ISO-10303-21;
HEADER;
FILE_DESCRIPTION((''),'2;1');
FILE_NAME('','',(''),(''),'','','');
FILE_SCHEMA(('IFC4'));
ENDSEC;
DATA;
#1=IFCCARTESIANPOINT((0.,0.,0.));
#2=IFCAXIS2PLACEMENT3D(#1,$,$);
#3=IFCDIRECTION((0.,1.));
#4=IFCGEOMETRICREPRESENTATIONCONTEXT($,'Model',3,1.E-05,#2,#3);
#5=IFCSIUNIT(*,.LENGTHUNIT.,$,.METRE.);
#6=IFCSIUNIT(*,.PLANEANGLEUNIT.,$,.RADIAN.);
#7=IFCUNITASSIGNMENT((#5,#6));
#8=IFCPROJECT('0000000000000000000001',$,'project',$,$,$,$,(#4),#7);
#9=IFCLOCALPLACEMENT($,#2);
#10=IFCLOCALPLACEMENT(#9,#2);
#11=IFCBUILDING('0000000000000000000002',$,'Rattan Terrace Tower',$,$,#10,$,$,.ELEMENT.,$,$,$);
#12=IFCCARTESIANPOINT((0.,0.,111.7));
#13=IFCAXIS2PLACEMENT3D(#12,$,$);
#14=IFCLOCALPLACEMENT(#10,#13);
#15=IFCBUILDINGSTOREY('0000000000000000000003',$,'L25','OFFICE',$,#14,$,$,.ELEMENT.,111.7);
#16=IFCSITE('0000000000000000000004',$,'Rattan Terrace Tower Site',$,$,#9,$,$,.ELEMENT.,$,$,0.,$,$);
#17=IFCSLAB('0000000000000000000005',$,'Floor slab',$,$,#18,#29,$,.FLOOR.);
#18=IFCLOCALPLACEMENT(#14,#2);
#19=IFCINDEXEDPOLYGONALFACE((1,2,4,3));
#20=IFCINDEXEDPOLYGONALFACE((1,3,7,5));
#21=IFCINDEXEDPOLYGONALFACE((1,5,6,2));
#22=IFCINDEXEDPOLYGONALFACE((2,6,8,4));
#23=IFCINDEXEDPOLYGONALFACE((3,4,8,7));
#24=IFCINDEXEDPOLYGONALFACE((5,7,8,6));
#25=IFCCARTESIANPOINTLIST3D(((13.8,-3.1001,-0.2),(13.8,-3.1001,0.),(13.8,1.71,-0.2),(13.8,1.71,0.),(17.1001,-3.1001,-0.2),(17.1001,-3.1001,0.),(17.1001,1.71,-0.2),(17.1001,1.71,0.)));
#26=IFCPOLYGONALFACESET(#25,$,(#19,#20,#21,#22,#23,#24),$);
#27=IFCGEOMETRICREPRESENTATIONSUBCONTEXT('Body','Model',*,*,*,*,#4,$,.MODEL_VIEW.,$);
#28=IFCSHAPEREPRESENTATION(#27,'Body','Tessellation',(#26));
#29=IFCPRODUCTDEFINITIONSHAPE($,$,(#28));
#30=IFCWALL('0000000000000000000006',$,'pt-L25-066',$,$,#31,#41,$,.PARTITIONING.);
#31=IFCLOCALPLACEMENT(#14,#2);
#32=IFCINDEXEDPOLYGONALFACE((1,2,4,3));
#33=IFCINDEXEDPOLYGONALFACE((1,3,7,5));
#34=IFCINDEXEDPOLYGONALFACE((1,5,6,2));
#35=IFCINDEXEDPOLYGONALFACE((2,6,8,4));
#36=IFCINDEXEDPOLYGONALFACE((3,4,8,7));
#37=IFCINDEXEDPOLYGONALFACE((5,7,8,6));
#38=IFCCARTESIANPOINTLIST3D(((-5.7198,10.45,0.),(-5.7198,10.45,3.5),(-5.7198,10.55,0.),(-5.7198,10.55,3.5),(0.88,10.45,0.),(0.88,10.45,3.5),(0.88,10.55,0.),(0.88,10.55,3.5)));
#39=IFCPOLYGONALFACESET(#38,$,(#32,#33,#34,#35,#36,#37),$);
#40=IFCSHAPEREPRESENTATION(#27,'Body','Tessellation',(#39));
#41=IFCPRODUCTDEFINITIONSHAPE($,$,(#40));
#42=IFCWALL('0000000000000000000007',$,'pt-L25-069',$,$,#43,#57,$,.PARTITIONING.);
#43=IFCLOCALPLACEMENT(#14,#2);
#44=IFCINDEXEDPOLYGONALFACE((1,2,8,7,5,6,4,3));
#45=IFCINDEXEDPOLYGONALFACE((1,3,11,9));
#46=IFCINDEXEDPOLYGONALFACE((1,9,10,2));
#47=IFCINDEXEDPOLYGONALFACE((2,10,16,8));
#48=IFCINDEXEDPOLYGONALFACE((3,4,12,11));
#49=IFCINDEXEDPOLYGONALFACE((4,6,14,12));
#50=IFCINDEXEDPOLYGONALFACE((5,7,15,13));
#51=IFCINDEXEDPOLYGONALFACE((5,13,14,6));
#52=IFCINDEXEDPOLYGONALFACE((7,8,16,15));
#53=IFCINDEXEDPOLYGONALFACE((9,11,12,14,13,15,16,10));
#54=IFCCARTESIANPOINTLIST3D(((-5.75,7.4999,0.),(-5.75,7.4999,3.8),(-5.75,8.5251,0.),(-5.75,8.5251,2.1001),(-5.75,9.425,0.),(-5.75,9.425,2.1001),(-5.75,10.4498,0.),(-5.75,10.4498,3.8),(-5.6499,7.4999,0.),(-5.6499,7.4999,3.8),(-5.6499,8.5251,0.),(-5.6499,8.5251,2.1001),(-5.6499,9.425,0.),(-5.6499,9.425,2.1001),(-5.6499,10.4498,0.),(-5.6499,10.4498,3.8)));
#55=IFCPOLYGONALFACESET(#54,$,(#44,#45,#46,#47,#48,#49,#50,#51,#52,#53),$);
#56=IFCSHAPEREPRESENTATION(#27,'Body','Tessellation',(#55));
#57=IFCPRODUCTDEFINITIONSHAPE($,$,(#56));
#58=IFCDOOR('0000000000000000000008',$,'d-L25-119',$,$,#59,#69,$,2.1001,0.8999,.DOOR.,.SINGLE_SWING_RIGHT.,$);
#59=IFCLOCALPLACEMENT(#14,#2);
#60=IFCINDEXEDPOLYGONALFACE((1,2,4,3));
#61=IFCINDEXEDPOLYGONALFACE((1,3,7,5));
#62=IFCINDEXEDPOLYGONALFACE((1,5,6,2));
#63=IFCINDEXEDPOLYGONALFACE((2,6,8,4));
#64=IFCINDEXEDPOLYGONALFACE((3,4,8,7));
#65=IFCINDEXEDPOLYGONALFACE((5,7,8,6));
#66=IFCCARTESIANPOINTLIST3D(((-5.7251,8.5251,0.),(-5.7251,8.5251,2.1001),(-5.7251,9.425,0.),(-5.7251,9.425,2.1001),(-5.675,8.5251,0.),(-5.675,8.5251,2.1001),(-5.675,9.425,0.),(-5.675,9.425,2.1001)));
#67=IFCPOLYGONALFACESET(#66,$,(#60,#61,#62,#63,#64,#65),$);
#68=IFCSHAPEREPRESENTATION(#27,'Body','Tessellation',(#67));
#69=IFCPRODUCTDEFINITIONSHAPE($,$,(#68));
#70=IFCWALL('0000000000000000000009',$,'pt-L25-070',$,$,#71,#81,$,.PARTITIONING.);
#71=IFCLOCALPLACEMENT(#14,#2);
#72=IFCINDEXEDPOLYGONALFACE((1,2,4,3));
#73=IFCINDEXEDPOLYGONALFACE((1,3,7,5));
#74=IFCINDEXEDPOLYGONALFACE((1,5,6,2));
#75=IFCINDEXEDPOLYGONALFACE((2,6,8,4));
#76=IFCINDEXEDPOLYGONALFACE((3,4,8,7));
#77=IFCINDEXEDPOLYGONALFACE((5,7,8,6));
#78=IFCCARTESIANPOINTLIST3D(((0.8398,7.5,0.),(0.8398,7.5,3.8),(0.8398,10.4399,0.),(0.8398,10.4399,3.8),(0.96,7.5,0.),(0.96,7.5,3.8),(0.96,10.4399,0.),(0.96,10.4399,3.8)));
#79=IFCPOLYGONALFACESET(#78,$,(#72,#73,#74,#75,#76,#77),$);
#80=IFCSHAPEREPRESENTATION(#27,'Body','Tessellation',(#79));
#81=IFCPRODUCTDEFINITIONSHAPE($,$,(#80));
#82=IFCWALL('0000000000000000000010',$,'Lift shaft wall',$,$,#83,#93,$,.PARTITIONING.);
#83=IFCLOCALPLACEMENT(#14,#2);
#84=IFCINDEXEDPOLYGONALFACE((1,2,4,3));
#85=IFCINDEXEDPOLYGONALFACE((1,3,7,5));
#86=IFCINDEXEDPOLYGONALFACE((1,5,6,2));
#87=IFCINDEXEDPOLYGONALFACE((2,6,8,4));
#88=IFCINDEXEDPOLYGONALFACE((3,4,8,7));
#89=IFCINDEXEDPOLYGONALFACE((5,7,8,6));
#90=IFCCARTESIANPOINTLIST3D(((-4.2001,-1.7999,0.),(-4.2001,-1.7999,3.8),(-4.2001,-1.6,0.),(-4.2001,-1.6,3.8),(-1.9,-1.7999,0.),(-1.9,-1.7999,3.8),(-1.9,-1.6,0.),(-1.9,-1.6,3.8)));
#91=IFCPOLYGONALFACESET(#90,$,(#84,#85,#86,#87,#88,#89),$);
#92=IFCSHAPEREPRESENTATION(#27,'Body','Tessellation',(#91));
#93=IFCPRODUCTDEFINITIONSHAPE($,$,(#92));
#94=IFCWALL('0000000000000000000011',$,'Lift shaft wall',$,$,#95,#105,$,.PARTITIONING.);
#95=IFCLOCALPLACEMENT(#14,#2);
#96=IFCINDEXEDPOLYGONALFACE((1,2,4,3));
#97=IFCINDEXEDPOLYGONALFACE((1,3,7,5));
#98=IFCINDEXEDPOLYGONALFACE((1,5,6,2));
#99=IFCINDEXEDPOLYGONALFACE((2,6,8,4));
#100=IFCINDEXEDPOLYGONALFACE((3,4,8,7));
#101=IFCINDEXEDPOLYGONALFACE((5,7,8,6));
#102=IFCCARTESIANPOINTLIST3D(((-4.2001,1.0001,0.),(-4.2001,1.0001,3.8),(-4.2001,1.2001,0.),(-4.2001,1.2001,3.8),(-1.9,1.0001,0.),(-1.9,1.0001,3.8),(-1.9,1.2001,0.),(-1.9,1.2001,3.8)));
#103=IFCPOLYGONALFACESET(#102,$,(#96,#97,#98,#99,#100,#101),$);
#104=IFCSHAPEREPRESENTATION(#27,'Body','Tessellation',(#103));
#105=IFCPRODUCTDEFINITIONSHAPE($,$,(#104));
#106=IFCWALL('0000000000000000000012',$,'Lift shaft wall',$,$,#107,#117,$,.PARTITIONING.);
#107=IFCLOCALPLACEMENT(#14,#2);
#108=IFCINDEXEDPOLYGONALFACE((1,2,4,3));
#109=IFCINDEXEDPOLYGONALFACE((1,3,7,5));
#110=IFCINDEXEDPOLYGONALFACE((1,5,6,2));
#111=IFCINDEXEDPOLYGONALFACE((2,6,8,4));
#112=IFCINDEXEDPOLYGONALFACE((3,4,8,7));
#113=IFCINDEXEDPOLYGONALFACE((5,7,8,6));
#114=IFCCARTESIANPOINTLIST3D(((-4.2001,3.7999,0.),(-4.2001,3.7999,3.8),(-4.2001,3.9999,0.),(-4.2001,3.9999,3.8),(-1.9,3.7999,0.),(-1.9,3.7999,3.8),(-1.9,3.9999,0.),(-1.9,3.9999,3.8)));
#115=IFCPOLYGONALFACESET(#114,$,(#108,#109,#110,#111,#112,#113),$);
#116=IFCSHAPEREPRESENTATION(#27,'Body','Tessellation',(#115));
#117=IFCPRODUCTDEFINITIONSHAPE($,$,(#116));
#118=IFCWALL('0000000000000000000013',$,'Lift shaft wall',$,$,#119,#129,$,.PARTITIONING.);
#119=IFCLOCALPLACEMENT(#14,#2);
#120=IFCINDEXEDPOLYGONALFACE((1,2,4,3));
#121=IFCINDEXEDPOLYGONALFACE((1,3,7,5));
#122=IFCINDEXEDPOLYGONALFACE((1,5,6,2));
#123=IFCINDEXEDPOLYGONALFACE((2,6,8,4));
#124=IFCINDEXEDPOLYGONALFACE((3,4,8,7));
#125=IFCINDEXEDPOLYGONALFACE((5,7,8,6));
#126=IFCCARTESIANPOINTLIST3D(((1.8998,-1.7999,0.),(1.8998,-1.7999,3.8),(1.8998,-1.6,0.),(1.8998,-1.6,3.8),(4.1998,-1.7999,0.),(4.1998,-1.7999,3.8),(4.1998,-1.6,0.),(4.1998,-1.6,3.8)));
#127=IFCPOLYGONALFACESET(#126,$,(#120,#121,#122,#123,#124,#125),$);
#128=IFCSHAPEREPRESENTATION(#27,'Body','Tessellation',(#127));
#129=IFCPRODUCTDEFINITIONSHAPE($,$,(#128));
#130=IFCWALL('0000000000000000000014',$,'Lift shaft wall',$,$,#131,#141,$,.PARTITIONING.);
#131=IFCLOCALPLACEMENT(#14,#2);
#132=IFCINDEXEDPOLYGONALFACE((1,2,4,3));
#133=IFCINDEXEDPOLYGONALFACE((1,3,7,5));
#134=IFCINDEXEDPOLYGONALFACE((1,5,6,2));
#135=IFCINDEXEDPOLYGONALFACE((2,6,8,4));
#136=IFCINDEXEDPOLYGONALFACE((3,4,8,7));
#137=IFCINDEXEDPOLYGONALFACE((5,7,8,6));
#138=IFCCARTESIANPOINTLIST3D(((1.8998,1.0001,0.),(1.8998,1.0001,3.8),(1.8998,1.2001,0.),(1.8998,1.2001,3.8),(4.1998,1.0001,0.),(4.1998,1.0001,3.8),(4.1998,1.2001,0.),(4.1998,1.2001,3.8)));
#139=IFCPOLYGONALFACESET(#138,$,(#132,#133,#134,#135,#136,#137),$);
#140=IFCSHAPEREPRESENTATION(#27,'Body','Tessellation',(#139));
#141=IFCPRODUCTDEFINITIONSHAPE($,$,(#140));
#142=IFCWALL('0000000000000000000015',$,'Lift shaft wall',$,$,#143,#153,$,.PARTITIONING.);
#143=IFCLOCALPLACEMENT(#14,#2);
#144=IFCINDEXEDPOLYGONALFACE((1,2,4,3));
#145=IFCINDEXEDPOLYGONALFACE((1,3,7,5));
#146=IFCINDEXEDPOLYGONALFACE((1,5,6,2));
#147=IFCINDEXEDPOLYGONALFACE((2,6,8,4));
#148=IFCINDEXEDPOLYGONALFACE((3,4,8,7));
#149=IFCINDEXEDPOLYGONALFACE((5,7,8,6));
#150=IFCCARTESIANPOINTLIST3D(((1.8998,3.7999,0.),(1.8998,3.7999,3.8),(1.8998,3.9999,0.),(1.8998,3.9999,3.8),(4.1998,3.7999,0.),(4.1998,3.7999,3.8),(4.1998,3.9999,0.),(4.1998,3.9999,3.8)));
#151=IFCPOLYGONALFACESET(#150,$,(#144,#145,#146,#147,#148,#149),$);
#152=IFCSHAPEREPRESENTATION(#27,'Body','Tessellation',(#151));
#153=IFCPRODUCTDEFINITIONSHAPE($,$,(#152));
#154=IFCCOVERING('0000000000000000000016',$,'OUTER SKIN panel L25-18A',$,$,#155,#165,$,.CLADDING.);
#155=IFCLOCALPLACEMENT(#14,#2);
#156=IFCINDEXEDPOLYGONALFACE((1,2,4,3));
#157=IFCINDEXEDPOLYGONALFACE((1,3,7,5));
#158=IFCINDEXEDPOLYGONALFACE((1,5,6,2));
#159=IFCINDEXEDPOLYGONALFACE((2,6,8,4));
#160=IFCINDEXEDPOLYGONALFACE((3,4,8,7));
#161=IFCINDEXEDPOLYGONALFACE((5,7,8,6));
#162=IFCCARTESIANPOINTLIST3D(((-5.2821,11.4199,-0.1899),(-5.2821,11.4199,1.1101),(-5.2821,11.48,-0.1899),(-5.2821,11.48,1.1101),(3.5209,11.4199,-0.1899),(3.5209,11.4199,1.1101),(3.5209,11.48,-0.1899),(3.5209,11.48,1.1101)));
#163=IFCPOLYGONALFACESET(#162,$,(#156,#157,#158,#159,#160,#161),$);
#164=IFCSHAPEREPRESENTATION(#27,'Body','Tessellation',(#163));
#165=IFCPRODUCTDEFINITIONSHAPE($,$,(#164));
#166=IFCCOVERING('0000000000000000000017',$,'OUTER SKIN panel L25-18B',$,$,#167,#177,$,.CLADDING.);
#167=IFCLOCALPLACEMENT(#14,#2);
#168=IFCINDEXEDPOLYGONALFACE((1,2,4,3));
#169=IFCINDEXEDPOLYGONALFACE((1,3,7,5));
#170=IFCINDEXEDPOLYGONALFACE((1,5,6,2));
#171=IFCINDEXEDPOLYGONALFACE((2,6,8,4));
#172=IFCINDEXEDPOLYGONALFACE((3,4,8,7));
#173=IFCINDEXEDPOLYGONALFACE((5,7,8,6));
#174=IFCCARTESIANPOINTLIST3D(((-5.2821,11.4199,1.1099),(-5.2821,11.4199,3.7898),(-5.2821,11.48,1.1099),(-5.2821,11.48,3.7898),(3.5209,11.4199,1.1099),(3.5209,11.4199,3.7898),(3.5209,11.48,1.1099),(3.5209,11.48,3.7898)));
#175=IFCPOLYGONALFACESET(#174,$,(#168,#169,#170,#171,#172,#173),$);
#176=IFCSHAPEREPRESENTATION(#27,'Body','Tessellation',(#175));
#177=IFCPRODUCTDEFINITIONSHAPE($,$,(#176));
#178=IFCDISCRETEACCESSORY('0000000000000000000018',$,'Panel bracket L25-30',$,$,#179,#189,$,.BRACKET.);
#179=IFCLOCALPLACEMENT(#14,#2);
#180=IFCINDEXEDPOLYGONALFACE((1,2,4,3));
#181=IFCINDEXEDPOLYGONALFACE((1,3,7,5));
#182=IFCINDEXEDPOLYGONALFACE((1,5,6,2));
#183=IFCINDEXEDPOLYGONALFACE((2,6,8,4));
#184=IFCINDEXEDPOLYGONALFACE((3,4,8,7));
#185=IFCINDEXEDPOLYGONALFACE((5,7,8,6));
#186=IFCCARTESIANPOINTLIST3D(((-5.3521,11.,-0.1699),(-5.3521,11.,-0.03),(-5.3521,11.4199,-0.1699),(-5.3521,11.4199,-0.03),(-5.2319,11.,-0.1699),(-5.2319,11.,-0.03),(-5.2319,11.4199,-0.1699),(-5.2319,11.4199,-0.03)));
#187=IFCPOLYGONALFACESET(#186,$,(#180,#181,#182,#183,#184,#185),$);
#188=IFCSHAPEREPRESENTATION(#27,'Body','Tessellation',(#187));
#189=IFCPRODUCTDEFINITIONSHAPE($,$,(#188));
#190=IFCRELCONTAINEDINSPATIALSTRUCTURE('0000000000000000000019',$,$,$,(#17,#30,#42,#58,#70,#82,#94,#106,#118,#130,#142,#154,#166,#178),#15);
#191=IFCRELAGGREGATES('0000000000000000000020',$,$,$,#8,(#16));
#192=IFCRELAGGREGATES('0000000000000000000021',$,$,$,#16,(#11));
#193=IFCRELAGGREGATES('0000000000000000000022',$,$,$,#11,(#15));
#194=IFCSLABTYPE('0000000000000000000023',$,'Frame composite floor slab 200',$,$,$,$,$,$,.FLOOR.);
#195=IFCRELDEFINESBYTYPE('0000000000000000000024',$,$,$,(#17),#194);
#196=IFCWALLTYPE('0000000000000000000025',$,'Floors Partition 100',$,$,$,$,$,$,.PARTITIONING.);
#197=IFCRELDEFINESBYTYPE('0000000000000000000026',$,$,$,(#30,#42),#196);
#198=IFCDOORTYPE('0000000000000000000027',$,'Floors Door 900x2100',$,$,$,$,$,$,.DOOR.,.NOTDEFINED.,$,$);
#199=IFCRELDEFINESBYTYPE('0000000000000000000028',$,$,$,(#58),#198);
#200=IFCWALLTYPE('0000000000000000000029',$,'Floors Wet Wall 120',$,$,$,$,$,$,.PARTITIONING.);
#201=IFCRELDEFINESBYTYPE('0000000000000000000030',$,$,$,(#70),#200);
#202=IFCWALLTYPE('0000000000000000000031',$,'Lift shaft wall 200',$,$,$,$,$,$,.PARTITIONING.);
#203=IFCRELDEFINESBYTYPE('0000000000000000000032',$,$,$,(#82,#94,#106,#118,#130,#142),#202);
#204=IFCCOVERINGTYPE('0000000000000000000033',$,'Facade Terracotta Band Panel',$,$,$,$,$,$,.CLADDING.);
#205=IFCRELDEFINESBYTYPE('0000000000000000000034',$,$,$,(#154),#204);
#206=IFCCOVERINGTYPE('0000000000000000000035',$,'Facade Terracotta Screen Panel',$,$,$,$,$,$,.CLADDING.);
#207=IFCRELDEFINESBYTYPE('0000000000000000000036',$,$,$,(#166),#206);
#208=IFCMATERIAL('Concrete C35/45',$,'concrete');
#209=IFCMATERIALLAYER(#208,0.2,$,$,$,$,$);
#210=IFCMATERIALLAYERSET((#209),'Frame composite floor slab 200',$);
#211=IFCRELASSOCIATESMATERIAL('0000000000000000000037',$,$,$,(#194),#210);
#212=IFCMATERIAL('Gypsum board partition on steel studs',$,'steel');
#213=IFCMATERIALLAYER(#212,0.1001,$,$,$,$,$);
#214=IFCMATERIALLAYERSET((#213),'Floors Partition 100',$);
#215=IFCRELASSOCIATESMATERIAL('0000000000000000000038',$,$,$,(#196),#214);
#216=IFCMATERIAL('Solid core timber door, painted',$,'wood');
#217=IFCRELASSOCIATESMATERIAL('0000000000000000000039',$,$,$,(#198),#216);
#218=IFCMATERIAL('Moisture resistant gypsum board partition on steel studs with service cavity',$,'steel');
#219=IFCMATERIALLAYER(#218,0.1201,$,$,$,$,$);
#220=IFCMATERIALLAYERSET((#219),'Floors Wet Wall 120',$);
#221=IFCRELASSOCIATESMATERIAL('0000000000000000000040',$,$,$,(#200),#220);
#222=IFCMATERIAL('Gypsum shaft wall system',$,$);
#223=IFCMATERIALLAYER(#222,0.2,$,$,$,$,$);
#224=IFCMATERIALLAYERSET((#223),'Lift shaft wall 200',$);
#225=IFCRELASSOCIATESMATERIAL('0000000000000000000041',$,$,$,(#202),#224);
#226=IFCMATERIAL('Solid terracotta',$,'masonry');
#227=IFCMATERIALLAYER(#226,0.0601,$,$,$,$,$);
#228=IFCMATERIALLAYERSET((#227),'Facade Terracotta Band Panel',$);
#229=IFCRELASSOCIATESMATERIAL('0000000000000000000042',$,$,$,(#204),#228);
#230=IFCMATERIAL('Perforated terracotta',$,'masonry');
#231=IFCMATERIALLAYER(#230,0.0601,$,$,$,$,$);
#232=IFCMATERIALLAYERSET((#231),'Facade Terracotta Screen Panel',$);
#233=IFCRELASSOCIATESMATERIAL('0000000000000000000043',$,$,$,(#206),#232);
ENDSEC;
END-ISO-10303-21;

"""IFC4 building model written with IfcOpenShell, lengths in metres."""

from ifc_helpers import new_model, si_unit, direction, frame, frame_2d, origin, origin_2d, place, context, subcontext, project, spatial, polyline, rectangle, outline, extrude, material, layer, layer_set, type_object, element, fill, save


model = new_model("IFC4")

# Units and contexts
model_context = context("Model", 3, precision=1e-05, world=origin(), true_north=direction((0.0, 1.0)))
body_context = subcontext(model_context, "Body", "Model", "MODEL_VIEW")
ifc_project = project(units=[si_unit("LENGTHUNIT", "METRE"), si_unit("PLANEANGLEUNIT", "RADIAN")], contexts=[model_context])

# Site, building, storey
site_placement = place(None, origin())
site = spatial("IfcSite", under=ifc_project, at=site_placement, Name="Rattan Terrace Tower Site", CompositionType="ELEMENT", RefElevation=0.0)
building_placement = place(site_placement, origin())
building = spatial("IfcBuilding", under=site, at=building_placement, Name="Rattan Terrace Tower", CompositionType="ELEMENT")
storey_placement = place(building_placement, frame((0.0, 0.0, 111.7)))
storey = spatial("IfcBuildingStorey", under=building, at=storey_placement, Name="L25", Description="OFFICE", CompositionType="ELEMENT", Elevation=111.7)

# Slab
ifc_material_1 = material(Name="Concrete C35/45", Category="concrete")
ifc_layer_1 = layer(ifc_material_1, 0.2)
ifc_layer_set_1 = layer_set([ifc_layer_1], Name="Frame composite floor slab 200")
slab_type_1 = type_object("IfcSlabType", Name="Frame composite floor slab 200", PredefinedType="FLOOR", material=ifc_layer_set_1)
slab_1_placement = place(storey_placement, frame((0.0, 0.0, -0.2)))
element("IfcSlab", 1, at=slab_1_placement, inside=storey, type_object=slab_type_1, Name="Floor slab", PredefinedType="FLOOR", context=body_context, shape_type="SweptSolid", body=[
    extrude(outline(polyline([(13.8, -3.1001), (17.1001, -3.1001), (17.1001, 1.71), (13.8, 1.71), (13.8, -3.1001)])), origin(), (0.0, 0.0, 1.0), 0.2),
])

# Wall
ifc_material_2 = material(Name="Gypsum board partition on steel studs", Category="steel")
ifc_layer_2 = layer(ifc_material_2, 0.1001)
ifc_layer_set_2 = layer_set([ifc_layer_2], Name="Floors Partition 100")
wall_type_1 = type_object("IfcWallType", Name="Floors Partition 100", PredefinedType="PARTITIONING", material=ifc_layer_set_2)
wall_1_placement = place(storey_placement, frame((0.8799, 10.5, 0.0), z_axis=(0.0, 0.0, 1.0), x_axis=(-1.0, 0.0, 0.0)))
element("IfcWall", 2, at=wall_1_placement, inside=storey, type_object=wall_type_1, Name="pt-L25-066", PredefinedType="PARTITIONING", context=body_context, shape_type="SweptSolid", body=[
    extrude(rectangle(XDim=6.5999, YDim=0.1001, at=frame_2d((3.2998, 0.0))), origin(), (0.0, 0.0, 1.0), 3.5),
])

# Wall, opening, door
wall_2_placement = place(storey_placement, frame((-5.7, 10.45, 0.0), z_axis=(0.0, 0.0, 1.0), x_axis=(0.0, -1.0, 0.0)))
wall_2 = element("IfcWall", 3, at=wall_2_placement, inside=storey, type_object=wall_type_1, Name="pt-L25-069", PredefinedType="PARTITIONING", context=body_context, shape_type="SweptSolid", body=[
    extrude(rectangle(XDim=2.95, YDim=0.1001, at=frame_2d((1.4751, 0.0))), origin(), (0.0, 0.0, 1.0), 3.8),
])
opening_placement = place(wall_2_placement, frame((1.0249, 0.0, 0.0)))
opening = element("IfcOpeningElement", 4, at=opening_placement, cuts=wall_2, PredefinedType="OPENING", context=body_context, shape_type="SweptSolid", body=[
    extrude(rectangle(XDim=0.8999, YDim=2.1001, at=frame_2d((0.45, 1.05))), frame((0.0, 0.0605, 0.0), z_axis=(0.0, -1.0, 0.0), x_axis=(1.0, 0.0, 0.0)), (0.0, 0.0, 1.0), 0.1211),
])
ifc_material_3 = material(Name="Solid core timber door, painted", Category="wood")
door_type = type_object("IfcDoorType", Name="Floors Door 900x2100", OperationType="NOTDEFINED", PredefinedType="DOOR", material=ifc_material_3)
door_placement = place(opening_placement, origin())
door = element("IfcDoor", 5, at=door_placement, inside=storey, type_object=door_type, Name="d-L25-119", OperationType="SINGLE_SWING_RIGHT", OverallHeight=2.1001, OverallWidth=0.8999, PredefinedType="DOOR", context=body_context, shape_type="SweptSolid", body=[
    extrude(rectangle(XDim=0.8999, YDim=2.1001, at=frame_2d((0.45, 1.05))), frame((0.0, 0.0249, 0.0), z_axis=(0.0, -1.0, 0.0), x_axis=(1.0, 0.0, 0.0)), (0.0, 0.0, 1.0), 0.05),
])
fill(opening, door)

# Walls
ifc_material_4 = material(Name="Moisture resistant gypsum board partition on steel studs with service cavity", Category="steel")
ifc_layer_3 = layer(ifc_material_4, 0.1201)
ifc_layer_set_3 = layer_set([ifc_layer_3], Name="Floors Wet Wall 120")
wall_type_2 = type_object("IfcWallType", Name="Floors Wet Wall 120", PredefinedType="PARTITIONING", material=ifc_layer_set_3)
wall_3_placement = place(storey_placement, frame((0.8999, 10.4399, 0.0), z_axis=(0.0, 0.0, 1.0), x_axis=(0.0, -1.0, 0.0)))
element("IfcWall", 6, at=wall_3_placement, inside=storey, type_object=wall_type_2, Name="pt-L25-070", PredefinedType="PARTITIONING", context=body_context, shape_type="SweptSolid", body=[
    extrude(rectangle(XDim=2.9399, YDim=0.1201, at=frame_2d((1.47, 0.0))), origin(), (0.0, 0.0, 1.0), 3.8),
])
ifc_material_5 = material(Name="Gypsum shaft wall system")
ifc_layer_4 = layer(ifc_material_5, 0.2)
ifc_layer_set_4 = layer_set([ifc_layer_4], Name="Lift shaft wall 200")
wall_type_3 = type_object("IfcWallType", Name="Lift shaft wall 200", PredefinedType="PARTITIONING", material=ifc_layer_set_4)
for number, where, z_axis, x_axis, name in (
    (7, (-4.2, -1.7, 0.0), (0.0, 0.0, 1.0), (1.0, 0.0, 0.0), "Lift shaft wall"),
    (8, (-4.2, 1.1001, 0.0), (0.0, 0.0, 1.0), (1.0, 0.0, 0.0), "Lift shaft wall"),
    (9, (-4.2, 3.8999, 0.0), (0.0, 0.0, 1.0), (1.0, 0.0, 0.0), "Lift shaft wall"),
    (10, (1.8999, -1.7, 0.0), (0.0, 0.0, 1.0), (1.0, 0.0, 0.0), "Lift shaft wall"),
    (11, (1.8999, 1.1001, 0.0), (0.0, 0.0, 1.0), (1.0, 0.0, 0.0), "Lift shaft wall"),
    (12, (1.8999, 3.8999, 0.0), (0.0, 0.0, 1.0), (1.0, 0.0, 0.0), "Lift shaft wall"),
):
    element("IfcWall", number, at=place(storey_placement, frame(where, z_axis=z_axis, x_axis=x_axis)), inside=storey, type_object=wall_type_3, Name=name, PredefinedType="PARTITIONING", context=body_context, shape_type="SweptSolid", body=[
        extrude(rectangle(XDim=2.3, YDim=0.2, at=frame_2d((1.1499, 0.0))), origin(), (0.0, 0.0, 1.0), 3.8),
    ])

# Coverings
ifc_material_6 = material(Name="Solid terracotta", Category="masonry")
ifc_layer_5 = layer(ifc_material_6, 0.0601)
ifc_layer_set_5 = layer_set([ifc_layer_5], Name="Facade Terracotta Band Panel")
covering_type_1 = type_object("IfcCoveringType", Name="Facade Terracotta Band Panel", PredefinedType="CLADDING", material=ifc_layer_set_5)
covering_1_placement = place(storey_placement, frame((-0.8806, 11.45, -0.1899), z_axis=(0.0, 0.0, 1.0), x_axis=(-1.0, 0.0, 0.0)))
element("IfcCovering", 13, at=covering_1_placement, inside=storey, type_object=covering_type_1, Name="OUTER SKIN panel L25-18A", PredefinedType="CLADDING", context=body_context, shape_type="SweptSolid", body=[
    extrude(rectangle(XDim=8.803, YDim=0.0601, at=origin_2d()), origin(), (0.0, 0.0, 1.0), 1.3),
])
ifc_material_7 = material(Name="Perforated terracotta", Category="masonry")
ifc_layer_6 = layer(ifc_material_7, 0.0601)
ifc_layer_set_6 = layer_set([ifc_layer_6], Name="Facade Terracotta Screen Panel")
covering_type_2 = type_object("IfcCoveringType", Name="Facade Terracotta Screen Panel", PredefinedType="CLADDING", material=ifc_layer_set_6)
covering_2_placement = place(storey_placement, frame((-0.8806, 11.45, 1.1099), z_axis=(0.0, 0.0, 1.0), x_axis=(-1.0, 0.0, 0.0)))
element("IfcCovering", 14, at=covering_2_placement, inside=storey, type_object=covering_type_2, Name="OUTER SKIN panel L25-18B", PredefinedType="CLADDING", context=body_context, shape_type="SweptSolid", body=[
    extrude(rectangle(XDim=8.803, YDim=0.0601, at=origin_2d()), origin(), (0.0, 0.0, 1.0), 2.6799),
])

# Discrete accessory
discrete_accessory_placement = place(storey_placement, frame((-5.292, 11.21, -0.1699), z_axis=(0.0, 0.0, 1.0), x_axis=(-1.0, 0.0, 0.0)))
element("IfcDiscreteAccessory", 15, at=discrete_accessory_placement, inside=storey, Name="Panel bracket L25-30", PredefinedType="BRACKET", context=body_context, shape_type="SweptSolid", body=[
    extrude(rectangle(XDim=0.1201, YDim=0.4199, at=origin_2d()), origin(), (0.0, 0.0, 1.0), 0.1399),
])

save(model, "model.ifc")
